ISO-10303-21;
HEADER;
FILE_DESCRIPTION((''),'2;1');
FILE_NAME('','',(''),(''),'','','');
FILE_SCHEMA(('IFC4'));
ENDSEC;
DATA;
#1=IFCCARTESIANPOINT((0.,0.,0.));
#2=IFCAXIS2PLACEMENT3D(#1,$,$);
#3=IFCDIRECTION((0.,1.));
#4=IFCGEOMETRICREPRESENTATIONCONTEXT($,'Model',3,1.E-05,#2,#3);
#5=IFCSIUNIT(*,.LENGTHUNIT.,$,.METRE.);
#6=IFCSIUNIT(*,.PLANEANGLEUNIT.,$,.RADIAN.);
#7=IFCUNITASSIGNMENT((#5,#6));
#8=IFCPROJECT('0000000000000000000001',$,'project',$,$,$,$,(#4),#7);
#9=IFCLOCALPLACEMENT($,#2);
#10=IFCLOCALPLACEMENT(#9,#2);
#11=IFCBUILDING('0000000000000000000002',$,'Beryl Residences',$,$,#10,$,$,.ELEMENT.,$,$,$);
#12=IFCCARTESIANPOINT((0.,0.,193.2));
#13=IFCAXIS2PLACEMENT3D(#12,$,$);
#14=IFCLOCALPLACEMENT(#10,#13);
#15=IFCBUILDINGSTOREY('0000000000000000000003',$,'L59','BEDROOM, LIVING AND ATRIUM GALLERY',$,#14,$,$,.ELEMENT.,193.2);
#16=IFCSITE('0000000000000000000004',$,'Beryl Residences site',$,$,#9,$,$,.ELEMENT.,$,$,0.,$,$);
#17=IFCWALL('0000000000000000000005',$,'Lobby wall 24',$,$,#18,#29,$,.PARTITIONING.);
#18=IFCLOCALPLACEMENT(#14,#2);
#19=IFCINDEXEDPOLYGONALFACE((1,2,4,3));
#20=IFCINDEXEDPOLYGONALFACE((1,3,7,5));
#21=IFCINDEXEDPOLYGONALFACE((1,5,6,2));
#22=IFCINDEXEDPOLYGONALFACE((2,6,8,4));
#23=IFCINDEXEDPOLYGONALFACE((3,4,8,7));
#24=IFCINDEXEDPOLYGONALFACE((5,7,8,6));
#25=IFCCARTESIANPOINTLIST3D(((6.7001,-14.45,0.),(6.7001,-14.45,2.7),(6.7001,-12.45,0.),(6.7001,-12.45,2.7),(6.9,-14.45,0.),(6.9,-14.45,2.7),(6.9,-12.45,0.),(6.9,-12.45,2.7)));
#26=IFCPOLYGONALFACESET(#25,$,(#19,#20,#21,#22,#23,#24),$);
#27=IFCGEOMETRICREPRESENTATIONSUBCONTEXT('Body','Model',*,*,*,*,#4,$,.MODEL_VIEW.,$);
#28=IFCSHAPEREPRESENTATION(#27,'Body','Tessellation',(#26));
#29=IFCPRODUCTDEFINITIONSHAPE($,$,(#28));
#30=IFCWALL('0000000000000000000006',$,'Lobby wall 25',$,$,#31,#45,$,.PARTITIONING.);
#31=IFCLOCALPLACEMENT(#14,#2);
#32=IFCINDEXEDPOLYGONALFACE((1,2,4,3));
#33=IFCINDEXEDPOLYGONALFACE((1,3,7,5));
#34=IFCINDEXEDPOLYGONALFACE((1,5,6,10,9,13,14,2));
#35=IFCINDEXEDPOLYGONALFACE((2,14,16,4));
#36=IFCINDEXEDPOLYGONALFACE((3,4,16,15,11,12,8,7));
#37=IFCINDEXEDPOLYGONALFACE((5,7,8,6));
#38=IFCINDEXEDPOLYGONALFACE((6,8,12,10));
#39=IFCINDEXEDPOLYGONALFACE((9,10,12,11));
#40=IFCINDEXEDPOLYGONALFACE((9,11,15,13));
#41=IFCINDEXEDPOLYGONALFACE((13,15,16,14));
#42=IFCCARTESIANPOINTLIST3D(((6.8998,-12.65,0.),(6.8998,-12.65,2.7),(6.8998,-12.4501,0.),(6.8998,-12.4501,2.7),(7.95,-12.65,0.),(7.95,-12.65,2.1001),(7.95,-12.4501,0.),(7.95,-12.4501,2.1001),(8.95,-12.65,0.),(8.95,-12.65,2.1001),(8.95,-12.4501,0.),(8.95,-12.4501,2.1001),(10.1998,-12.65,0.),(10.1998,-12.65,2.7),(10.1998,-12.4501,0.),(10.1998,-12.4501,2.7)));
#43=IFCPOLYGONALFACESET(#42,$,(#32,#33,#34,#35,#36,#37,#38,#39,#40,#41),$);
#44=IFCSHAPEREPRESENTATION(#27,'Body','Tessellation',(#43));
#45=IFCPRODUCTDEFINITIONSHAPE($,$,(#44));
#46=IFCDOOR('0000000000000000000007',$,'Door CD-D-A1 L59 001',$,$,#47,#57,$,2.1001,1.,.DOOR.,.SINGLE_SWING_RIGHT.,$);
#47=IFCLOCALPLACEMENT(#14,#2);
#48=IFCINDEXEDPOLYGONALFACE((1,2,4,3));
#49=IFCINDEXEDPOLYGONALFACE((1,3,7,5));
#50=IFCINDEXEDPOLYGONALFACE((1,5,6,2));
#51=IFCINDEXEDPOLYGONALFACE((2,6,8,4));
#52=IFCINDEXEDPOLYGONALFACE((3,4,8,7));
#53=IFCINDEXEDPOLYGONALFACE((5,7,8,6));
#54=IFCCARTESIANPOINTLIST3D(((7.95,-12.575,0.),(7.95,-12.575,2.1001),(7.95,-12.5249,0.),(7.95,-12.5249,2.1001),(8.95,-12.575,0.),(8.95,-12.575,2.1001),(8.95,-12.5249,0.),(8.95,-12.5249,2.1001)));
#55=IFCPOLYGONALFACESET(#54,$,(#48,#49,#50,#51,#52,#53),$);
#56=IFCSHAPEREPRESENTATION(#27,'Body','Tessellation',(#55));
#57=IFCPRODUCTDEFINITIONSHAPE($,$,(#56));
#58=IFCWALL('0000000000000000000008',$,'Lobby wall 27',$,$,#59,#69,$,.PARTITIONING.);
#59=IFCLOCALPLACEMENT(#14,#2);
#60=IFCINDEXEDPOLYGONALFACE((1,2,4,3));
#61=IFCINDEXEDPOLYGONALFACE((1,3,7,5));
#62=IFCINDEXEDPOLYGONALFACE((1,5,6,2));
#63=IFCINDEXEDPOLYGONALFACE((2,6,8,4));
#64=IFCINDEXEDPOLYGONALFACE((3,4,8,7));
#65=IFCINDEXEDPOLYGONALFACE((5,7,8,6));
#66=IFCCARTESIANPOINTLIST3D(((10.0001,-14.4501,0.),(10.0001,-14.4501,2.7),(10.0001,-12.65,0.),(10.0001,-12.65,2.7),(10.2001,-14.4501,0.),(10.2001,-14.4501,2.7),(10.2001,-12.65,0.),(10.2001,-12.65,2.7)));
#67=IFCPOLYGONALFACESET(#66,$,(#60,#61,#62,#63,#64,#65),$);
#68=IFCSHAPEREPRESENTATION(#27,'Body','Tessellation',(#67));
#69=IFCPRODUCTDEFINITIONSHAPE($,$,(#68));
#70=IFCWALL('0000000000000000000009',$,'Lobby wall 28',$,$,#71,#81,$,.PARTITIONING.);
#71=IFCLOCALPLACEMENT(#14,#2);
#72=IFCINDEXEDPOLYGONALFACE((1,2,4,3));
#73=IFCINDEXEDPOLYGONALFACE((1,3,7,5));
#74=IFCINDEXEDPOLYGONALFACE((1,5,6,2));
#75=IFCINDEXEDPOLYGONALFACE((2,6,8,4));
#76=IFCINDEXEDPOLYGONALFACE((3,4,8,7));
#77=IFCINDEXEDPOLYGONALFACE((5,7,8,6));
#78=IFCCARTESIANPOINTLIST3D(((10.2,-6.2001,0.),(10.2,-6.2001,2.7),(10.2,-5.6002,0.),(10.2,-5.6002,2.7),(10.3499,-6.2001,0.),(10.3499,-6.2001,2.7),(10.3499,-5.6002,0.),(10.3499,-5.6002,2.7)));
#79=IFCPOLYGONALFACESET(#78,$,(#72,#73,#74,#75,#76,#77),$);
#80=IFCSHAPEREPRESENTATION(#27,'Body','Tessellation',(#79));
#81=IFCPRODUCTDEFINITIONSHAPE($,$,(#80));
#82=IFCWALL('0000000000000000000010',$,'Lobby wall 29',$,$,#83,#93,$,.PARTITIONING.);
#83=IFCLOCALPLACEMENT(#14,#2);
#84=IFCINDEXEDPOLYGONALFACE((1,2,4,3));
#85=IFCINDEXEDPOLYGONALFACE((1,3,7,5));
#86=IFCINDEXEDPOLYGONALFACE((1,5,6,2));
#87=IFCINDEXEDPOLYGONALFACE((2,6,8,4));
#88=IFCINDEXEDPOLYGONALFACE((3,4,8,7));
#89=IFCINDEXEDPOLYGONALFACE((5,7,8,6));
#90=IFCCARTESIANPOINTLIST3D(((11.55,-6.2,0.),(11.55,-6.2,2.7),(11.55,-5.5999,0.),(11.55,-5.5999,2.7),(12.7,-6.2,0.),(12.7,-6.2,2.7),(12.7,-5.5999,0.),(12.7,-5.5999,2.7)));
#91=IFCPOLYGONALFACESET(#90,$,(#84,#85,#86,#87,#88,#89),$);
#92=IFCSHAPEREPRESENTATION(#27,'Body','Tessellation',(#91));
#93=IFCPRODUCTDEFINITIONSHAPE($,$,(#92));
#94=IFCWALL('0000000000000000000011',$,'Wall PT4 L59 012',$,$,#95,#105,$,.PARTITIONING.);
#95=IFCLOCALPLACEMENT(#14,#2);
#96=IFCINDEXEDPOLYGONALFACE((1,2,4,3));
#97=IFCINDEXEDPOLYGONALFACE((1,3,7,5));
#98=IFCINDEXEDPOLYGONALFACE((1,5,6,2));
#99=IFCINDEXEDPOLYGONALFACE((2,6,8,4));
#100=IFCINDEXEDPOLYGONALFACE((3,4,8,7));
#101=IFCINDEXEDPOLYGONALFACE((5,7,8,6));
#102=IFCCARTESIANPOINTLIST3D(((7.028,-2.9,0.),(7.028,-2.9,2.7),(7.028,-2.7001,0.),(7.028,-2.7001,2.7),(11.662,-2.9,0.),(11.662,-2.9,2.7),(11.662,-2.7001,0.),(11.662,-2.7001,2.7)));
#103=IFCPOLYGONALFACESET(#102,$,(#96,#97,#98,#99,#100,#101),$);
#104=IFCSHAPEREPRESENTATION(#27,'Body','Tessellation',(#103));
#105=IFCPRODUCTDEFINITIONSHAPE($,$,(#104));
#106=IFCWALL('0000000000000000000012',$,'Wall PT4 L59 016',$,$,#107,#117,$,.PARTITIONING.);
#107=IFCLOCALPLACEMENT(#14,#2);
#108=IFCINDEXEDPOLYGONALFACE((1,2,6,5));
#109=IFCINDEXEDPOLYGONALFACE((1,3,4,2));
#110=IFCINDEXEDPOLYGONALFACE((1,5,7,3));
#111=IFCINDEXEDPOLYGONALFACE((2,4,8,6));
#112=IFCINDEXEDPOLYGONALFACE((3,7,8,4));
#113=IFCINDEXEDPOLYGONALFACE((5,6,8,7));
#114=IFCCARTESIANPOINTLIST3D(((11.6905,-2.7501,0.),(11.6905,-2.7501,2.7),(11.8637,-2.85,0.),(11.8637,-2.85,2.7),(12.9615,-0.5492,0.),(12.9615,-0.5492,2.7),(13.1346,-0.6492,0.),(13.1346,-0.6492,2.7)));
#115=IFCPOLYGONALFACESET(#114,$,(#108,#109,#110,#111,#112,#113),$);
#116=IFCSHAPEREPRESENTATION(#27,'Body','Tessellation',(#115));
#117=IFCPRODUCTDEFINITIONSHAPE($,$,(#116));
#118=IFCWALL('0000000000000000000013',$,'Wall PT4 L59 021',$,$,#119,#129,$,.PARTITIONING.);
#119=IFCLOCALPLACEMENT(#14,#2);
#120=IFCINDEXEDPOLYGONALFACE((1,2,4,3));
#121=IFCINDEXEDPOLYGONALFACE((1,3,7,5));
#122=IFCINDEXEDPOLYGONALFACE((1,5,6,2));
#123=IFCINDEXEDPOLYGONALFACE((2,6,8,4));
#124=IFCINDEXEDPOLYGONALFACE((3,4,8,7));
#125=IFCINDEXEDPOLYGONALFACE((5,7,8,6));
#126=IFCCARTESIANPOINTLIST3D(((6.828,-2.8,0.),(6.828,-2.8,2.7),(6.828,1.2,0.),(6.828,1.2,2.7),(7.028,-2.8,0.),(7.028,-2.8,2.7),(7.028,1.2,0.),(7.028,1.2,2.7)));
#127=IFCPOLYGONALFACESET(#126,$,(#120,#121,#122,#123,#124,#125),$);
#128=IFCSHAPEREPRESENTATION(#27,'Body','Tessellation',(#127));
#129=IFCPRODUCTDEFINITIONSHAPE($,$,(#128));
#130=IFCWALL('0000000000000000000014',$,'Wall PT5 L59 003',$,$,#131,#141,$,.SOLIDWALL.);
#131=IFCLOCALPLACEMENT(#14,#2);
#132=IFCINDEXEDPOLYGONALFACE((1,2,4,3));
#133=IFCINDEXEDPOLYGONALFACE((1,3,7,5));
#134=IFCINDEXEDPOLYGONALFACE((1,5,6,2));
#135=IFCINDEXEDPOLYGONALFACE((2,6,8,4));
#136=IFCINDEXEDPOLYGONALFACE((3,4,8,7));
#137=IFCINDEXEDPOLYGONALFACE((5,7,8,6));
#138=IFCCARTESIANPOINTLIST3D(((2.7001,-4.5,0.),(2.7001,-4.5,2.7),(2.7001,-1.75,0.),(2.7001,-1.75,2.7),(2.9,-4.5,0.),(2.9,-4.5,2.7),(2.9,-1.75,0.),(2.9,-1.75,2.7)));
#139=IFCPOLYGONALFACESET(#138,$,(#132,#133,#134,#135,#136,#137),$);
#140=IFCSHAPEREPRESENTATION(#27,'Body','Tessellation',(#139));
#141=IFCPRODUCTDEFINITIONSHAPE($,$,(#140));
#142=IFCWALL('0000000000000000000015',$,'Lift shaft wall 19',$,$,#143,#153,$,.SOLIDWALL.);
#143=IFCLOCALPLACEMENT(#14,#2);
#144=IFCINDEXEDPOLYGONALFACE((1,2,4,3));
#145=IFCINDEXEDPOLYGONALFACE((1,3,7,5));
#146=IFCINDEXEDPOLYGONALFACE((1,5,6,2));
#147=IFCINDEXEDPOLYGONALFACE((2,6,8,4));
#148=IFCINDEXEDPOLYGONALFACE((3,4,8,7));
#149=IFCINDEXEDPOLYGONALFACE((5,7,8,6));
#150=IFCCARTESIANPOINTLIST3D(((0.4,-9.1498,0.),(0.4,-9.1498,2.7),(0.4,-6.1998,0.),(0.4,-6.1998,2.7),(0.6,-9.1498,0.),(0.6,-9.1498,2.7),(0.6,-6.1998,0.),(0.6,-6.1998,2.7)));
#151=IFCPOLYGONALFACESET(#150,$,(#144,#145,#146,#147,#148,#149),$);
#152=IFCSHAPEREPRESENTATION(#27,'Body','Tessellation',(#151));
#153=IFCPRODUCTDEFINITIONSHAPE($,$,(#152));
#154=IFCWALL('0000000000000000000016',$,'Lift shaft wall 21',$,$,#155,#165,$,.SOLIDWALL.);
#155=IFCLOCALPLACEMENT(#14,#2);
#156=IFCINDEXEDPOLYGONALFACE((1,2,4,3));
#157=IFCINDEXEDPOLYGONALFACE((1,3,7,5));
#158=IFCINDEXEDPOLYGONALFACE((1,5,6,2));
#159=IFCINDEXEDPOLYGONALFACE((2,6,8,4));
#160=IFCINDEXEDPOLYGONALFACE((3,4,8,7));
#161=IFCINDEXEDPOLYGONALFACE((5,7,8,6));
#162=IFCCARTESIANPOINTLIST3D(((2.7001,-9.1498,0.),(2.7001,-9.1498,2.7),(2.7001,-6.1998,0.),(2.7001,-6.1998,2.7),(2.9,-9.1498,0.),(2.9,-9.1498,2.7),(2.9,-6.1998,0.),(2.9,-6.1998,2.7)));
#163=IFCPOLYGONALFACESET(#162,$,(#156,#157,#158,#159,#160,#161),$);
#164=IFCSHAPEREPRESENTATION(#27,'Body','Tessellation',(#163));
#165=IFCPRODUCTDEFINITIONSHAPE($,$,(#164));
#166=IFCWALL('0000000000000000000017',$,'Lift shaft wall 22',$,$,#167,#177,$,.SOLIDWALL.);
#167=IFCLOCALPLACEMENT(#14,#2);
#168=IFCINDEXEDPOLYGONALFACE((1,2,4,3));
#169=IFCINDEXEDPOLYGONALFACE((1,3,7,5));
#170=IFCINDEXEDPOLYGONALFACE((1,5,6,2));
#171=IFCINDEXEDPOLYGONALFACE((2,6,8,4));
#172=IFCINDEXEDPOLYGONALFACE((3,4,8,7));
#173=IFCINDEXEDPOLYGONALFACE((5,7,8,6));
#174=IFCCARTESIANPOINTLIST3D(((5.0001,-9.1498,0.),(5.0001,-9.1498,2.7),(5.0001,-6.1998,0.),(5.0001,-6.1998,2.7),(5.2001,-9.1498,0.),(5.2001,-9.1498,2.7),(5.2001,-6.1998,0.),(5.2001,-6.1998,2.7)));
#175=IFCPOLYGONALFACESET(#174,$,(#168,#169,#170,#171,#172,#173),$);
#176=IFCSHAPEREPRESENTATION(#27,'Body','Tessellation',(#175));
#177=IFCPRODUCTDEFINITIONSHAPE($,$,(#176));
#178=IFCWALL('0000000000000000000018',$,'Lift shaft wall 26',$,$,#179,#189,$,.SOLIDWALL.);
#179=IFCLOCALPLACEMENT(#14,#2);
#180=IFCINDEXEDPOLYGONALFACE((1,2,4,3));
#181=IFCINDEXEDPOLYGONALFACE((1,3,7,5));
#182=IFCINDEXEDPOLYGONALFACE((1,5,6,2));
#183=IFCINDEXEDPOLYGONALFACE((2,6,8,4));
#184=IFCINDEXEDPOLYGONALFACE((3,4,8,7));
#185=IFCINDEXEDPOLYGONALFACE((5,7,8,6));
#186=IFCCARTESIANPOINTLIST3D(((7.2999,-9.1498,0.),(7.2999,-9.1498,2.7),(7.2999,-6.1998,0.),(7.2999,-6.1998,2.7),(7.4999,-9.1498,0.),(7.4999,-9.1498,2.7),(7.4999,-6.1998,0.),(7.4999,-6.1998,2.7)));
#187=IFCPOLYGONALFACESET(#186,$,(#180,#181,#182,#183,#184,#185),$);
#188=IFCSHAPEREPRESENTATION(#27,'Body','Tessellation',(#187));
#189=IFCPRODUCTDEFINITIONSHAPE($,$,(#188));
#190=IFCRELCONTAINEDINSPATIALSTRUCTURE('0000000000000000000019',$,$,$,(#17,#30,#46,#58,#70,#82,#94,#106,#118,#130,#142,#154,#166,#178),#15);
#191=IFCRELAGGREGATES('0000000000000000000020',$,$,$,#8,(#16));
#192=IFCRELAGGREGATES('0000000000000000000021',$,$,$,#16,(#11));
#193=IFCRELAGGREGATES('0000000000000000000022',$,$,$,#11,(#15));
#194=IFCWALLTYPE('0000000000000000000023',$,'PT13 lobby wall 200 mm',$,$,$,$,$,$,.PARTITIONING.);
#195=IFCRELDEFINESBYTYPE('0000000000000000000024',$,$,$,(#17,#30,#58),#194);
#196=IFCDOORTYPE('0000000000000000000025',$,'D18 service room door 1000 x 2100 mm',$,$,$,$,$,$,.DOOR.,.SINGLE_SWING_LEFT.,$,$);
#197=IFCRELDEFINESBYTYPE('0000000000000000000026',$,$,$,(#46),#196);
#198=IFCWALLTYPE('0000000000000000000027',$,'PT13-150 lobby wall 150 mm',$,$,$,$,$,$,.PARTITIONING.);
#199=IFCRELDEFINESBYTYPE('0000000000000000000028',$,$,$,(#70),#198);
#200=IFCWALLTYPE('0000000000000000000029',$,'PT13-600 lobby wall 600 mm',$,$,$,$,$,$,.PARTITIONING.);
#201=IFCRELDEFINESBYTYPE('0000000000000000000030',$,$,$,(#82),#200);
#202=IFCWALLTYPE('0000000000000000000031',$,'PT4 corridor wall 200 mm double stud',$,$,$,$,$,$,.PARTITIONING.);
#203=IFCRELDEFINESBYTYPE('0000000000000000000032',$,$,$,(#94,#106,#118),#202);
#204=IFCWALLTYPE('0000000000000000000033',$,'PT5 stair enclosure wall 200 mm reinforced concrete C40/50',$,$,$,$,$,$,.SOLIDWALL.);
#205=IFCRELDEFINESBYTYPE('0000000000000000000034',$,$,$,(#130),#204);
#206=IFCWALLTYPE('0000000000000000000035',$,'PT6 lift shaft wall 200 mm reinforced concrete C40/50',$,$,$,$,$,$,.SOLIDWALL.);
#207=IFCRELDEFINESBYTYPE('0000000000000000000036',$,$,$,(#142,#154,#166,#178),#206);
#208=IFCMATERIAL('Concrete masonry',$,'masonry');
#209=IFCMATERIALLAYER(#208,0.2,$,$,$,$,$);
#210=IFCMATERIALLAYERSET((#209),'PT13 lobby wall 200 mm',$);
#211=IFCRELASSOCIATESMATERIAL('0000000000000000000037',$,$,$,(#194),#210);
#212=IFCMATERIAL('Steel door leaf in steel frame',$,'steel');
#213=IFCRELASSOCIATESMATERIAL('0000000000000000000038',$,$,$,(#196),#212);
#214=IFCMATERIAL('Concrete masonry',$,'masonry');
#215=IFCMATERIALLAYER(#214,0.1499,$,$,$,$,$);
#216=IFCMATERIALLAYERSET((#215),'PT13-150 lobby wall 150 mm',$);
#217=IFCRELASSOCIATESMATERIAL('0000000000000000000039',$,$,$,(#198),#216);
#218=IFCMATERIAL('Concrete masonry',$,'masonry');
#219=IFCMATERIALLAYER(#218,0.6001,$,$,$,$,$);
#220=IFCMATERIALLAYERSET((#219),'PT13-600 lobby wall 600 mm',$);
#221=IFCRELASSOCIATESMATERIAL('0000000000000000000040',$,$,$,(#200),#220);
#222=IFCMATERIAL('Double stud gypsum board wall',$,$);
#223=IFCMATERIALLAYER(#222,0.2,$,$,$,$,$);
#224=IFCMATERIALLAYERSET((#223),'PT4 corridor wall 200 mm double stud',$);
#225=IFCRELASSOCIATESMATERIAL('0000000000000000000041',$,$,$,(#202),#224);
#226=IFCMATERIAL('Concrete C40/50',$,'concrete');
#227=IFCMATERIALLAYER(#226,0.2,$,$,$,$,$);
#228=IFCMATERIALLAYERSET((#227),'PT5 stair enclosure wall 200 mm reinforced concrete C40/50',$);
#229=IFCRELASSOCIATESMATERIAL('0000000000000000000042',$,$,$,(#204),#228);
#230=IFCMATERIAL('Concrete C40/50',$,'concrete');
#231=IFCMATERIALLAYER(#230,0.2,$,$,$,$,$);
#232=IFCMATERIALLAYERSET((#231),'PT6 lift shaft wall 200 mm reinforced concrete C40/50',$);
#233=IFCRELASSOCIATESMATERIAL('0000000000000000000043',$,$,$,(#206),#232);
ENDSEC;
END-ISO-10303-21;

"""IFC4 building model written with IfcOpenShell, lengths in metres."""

from ifc_helpers import new_model, si_unit, direction, frame, frame_2d, origin, place, context, subcontext, project, spatial, rectangle, extrude, material, layer, layer_set, type_object, element, fill, save


model = new_model("IFC4")

# Units and contexts
model_context = context("Model", 3, precision=1e-05, world=origin(), true_north=direction((0.0, 1.0)))
body_context = subcontext(model_context, "Body", "Model", "MODEL_VIEW")
ifc_project = project(units=[si_unit("LENGTHUNIT", "METRE"), si_unit("PLANEANGLEUNIT", "RADIAN")], contexts=[model_context])

# Site, building, storey
site_placement = place(None, origin())
site = spatial("IfcSite", under=ifc_project, at=site_placement, Name="Beryl Residences site", CompositionType="ELEMENT", RefElevation=0.0)
building_placement = place(site_placement, origin())
building = spatial("IfcBuilding", under=site, at=building_placement, Name="Beryl Residences", CompositionType="ELEMENT")
storey_placement = place(building_placement, frame((0.0, 0.0, 193.2)))
storey = spatial("IfcBuildingStorey", under=building, at=storey_placement, Name="L59", Description="BEDROOM, LIVING AND ATRIUM GALLERY", CompositionType="ELEMENT", Elevation=193.2)

# Wall
ifc_material_1 = material(Name="Concrete masonry", Category="masonry")
ifc_layer_1 = layer(ifc_material_1, 0.2)
ifc_layer_set_1 = layer_set([ifc_layer_1], Name="PT13 lobby wall 200 mm")
wall_type_1 = type_object("IfcWallType", Name="PT13 lobby wall 200 mm", PredefinedType="PARTITIONING", material=ifc_layer_set_1)
wall_1_placement = place(storey_placement, frame((6.8, -14.45, 0.0), z_axis=(0.0, 0.0, 1.0), x_axis=(0.0, 1.0, 0.0)))
element("IfcWall", 1, at=wall_1_placement, inside=storey, type_object=wall_type_1, Name="Lobby wall 24", PredefinedType="PARTITIONING", context=body_context, shape_type="SweptSolid", body=[
    extrude(rectangle(XDim=2.0, YDim=0.2, at=frame_2d((1.0, 0.0))), origin(), (0.0, 0.0, 1.0), 2.7),
])

# Wall, opening, door
wall_2_placement = place(storey_placement, frame((6.8999, -12.55, 0.0), z_axis=(0.0, 0.0, 1.0), x_axis=(1.0, 0.0, 0.0)))
wall_2 = element("IfcWall", 2, at=wall_2_placement, inside=storey, type_object=wall_type_1, Name="Lobby wall 25", PredefinedType="PARTITIONING", context=body_context, shape_type="SweptSolid", body=[
    extrude(rectangle(XDim=3.3, YDim=0.2, at=frame_2d((1.6499, 0.0))), origin(), (0.0, 0.0, 1.0), 2.7),
])
opening_placement = place(wall_2_placement, frame((2.05, 0.0, 0.0), z_axis=(0.0, 0.0, 1.0), x_axis=(-1.0, 0.0, 0.0)))
opening = element("IfcOpeningElement", 3, at=opening_placement, cuts=wall_2, PredefinedType="OPENING", context=body_context, shape_type="SweptSolid", body=[
    extrude(rectangle(XDim=1.0, YDim=2.1001, at=frame_2d((0.5, 1.05))), frame((0.0, 0.1099, 0.0), z_axis=(0.0, -1.0, 0.0), x_axis=(1.0, 0.0, 0.0)), (0.0, 0.0, 1.0), 0.22),
])
ifc_material_2 = material(Name="Steel door leaf in steel frame", Category="steel")
door_type = type_object("IfcDoorType", Name="D18 service room door 1000 x 2100 mm", OperationType="SINGLE_SWING_LEFT", PredefinedType="DOOR", material=ifc_material_2)
door_placement = place(opening_placement, origin())
door = element("IfcDoor", 4, at=door_placement, inside=storey, type_object=door_type, Name="Door CD-D-A1 L59 001", OperationType="SINGLE_SWING_RIGHT", OverallHeight=2.1001, OverallWidth=1.0, PredefinedType="DOOR", context=body_context, shape_type="SweptSolid", body=[
    extrude(rectangle(XDim=1.0, YDim=2.1001, at=frame_2d((0.5, 1.05))), frame((0.0, 0.0249, 0.0), z_axis=(0.0, -1.0, 0.0), x_axis=(1.0, 0.0, 0.0)), (0.0, 0.0, 1.0), 0.05),
])
fill(opening, door)

# Walls
wall_3_placement = place(storey_placement, frame((10.1001, -14.45, 0.0), z_axis=(0.0, 0.0, 1.0), x_axis=(0.0, 1.0, 0.0)))
element("IfcWall", 5, at=wall_3_placement, inside=storey, type_object=wall_type_1, Name="Lobby wall 27", PredefinedType="PARTITIONING", context=body_context, shape_type="SweptSolid", body=[
    extrude(rectangle(XDim=1.8, YDim=0.2, at=frame_2d((0.8999, 0.0))), origin(), (0.0, 0.0, 1.0), 2.7),
])
ifc_material_3 = material(Name="Concrete masonry", Category="masonry")
ifc_layer_2 = layer(ifc_material_3, 0.1499)
ifc_layer_set_2 = layer_set([ifc_layer_2], Name="PT13-150 lobby wall 150 mm")
wall_type_2 = type_object("IfcWallType", Name="PT13-150 lobby wall 150 mm", PredefinedType="PARTITIONING", material=ifc_layer_set_2)
wall_4_placement = place(storey_placement, frame((10.2749, -6.2, 0.0), z_axis=(0.0, 0.0, 1.0), x_axis=(0.0, 1.0, 0.0)))
element("IfcWall", 6, at=wall_4_placement, inside=storey, type_object=wall_type_2, Name="Lobby wall 28", PredefinedType="PARTITIONING", context=body_context, shape_type="SweptSolid", body=[
    extrude(rectangle(XDim=0.5999, YDim=0.1499, at=frame_2d((0.2998, 0.0))), origin(), (0.0, 0.0, 1.0), 2.7),
])
ifc_material_4 = material(Name="Concrete masonry", Category="masonry")
ifc_layer_3 = layer(ifc_material_4, 0.6001)
ifc_layer_set_3 = layer_set([ifc_layer_3], Name="PT13-600 lobby wall 600 mm")
wall_type_3 = type_object("IfcWallType", Name="PT13-600 lobby wall 600 mm", PredefinedType="PARTITIONING", material=ifc_layer_set_3)
wall_5_placement = place(storey_placement, frame((11.55, -5.8999, 0.0), z_axis=(0.0, 0.0, 1.0), x_axis=(1.0, 0.0, 0.0)))
element("IfcWall", 7, at=wall_5_placement, inside=storey, type_object=wall_type_3, Name="Lobby wall 29", PredefinedType="PARTITIONING", context=body_context, shape_type="SweptSolid", body=[
    extrude(rectangle(XDim=1.1499, YDim=0.6001, at=frame_2d((0.575, 0.0))), origin(), (0.0, 0.0, 1.0), 2.7),
])
ifc_material_5 = material(Name="Double stud gypsum board wall")
ifc_layer_4 = layer(ifc_material_5, 0.2)
ifc_layer_set_4 = layer_set([ifc_layer_4], Name="PT4 corridor wall 200 mm double stud")
wall_type_4 = type_object("IfcWallType", Name="PT4 corridor wall 200 mm double stud", PredefinedType="PARTITIONING", material=ifc_layer_set_4)
wall_6_placement = place(storey_placement, frame((7.0281, -2.8, 0.0), z_axis=(0.0, 0.0, 1.0), x_axis=(1.0, 0.0, 0.0)))
element("IfcWall", 8, at=wall_6_placement, inside=storey, type_object=wall_type_4, Name="Wall PT4 L59 012", PredefinedType="PARTITIONING", context=body_context, shape_type="SweptSolid", body=[
    extrude(rectangle(XDim=4.634, YDim=0.2, at=frame_2d((2.3169, 0.0))), origin(), (0.0, 0.0, 1.0), 2.7),
])
wall_7_placement = place(storey_placement, frame((11.7771, -2.8, 0.0), z_axis=(0.0, 0.0, 1.0), x_axis=(0.500086, 0.865976, 0.0)))
element("IfcWall", 9, at=wall_7_placement, inside=storey, type_object=wall_type_4, Name="Wall PT4 L59 016", PredefinedType="PARTITIONING", context=body_context, shape_type="SweptSolid", body=[
    extrude(rectangle(XDim=2.5415, YDim=0.2, at=frame_2d((1.2708, 0.0))), origin(), (0.0, 0.0, 1.0), 2.7),
])
wall_8_placement = place(storey_placement, frame((6.928, -2.8, 0.0), z_axis=(0.0, 0.0, 1.0), x_axis=(0.0, 1.0, 0.0)))
element("IfcWall", 10, at=wall_8_placement, inside=storey, type_object=wall_type_4, Name="Wall PT4 L59 021", PredefinedType="PARTITIONING", context=body_context, shape_type="SweptSolid", body=[
    extrude(rectangle(XDim=4.0, YDim=0.2, at=frame_2d((2.0, 0.0))), origin(), (0.0, 0.0, 1.0), 2.7),
])
ifc_material_6 = material(Name="Concrete C40/50", Category="concrete")
ifc_layer_5 = layer(ifc_material_6, 0.2)
ifc_layer_set_5 = layer_set([ifc_layer_5], Name="PT5 stair enclosure wall 200 mm reinforced concrete C40/50")
wall_type_5 = type_object("IfcWallType", Name="PT5 stair enclosure wall 200 mm reinforced concrete C40/50", PredefinedType="SOLIDWALL", material=ifc_layer_set_5)
wall_9_placement = place(storey_placement, frame((2.8, -4.5, 0.0), z_axis=(0.0, 0.0, 1.0), x_axis=(0.0, 1.0, 0.0)))
element("IfcWall", 11, at=wall_9_placement, inside=storey, type_object=wall_type_5, Name="Wall PT5 L59 003", PredefinedType="SOLIDWALL", context=body_context, shape_type="SweptSolid", body=[
    extrude(rectangle(XDim=2.75, YDim=0.2, at=frame_2d((1.375, 0.0))), origin(), (0.0, 0.0, 1.0), 2.7),
])
ifc_material_7 = material(Name="Concrete C40/50", Category="concrete")
ifc_layer_6 = layer(ifc_material_7, 0.2)
ifc_layer_set_6 = layer_set([ifc_layer_6], Name="PT6 lift shaft wall 200 mm reinforced concrete C40/50")
wall_type_6 = type_object("IfcWallType", Name="PT6 lift shaft wall 200 mm reinforced concrete C40/50", PredefinedType="SOLIDWALL", material=ifc_layer_set_6)
for number, where, z_axis, x_axis, name in (
    (12, (0.5, -9.1499, 0.0), (0.0, 0.0, 1.0), (0.0, 1.0, 0.0), "Lift shaft wall 19"),
    (13, (2.8, -9.1499, 0.0), (0.0, 0.0, 1.0), (0.0, 1.0, 0.0), "Lift shaft wall 21"),
    (14, (5.1001, -9.1499, 0.0), (0.0, 0.0, 1.0), (0.0, 1.0, 0.0), "Lift shaft wall 22"),
    (15, (7.3999, -9.1499, 0.0), (0.0, 0.0, 1.0), (0.0, 1.0, 0.0), "Lift shaft wall 26"),
):
    element("IfcWall", number, at=place(storey_placement, frame(where, z_axis=z_axis, x_axis=x_axis)), inside=storey, type_object=wall_type_6, Name=name, PredefinedType="SOLIDWALL", context=body_context, shape_type="SweptSolid", body=[
        extrude(rectangle(XDim=2.95, YDim=0.2, at=frame_2d((1.4751, 0.0))), origin(), (0.0, 0.0, 1.0), 2.7),
    ])

save(model, "model.ifc")
